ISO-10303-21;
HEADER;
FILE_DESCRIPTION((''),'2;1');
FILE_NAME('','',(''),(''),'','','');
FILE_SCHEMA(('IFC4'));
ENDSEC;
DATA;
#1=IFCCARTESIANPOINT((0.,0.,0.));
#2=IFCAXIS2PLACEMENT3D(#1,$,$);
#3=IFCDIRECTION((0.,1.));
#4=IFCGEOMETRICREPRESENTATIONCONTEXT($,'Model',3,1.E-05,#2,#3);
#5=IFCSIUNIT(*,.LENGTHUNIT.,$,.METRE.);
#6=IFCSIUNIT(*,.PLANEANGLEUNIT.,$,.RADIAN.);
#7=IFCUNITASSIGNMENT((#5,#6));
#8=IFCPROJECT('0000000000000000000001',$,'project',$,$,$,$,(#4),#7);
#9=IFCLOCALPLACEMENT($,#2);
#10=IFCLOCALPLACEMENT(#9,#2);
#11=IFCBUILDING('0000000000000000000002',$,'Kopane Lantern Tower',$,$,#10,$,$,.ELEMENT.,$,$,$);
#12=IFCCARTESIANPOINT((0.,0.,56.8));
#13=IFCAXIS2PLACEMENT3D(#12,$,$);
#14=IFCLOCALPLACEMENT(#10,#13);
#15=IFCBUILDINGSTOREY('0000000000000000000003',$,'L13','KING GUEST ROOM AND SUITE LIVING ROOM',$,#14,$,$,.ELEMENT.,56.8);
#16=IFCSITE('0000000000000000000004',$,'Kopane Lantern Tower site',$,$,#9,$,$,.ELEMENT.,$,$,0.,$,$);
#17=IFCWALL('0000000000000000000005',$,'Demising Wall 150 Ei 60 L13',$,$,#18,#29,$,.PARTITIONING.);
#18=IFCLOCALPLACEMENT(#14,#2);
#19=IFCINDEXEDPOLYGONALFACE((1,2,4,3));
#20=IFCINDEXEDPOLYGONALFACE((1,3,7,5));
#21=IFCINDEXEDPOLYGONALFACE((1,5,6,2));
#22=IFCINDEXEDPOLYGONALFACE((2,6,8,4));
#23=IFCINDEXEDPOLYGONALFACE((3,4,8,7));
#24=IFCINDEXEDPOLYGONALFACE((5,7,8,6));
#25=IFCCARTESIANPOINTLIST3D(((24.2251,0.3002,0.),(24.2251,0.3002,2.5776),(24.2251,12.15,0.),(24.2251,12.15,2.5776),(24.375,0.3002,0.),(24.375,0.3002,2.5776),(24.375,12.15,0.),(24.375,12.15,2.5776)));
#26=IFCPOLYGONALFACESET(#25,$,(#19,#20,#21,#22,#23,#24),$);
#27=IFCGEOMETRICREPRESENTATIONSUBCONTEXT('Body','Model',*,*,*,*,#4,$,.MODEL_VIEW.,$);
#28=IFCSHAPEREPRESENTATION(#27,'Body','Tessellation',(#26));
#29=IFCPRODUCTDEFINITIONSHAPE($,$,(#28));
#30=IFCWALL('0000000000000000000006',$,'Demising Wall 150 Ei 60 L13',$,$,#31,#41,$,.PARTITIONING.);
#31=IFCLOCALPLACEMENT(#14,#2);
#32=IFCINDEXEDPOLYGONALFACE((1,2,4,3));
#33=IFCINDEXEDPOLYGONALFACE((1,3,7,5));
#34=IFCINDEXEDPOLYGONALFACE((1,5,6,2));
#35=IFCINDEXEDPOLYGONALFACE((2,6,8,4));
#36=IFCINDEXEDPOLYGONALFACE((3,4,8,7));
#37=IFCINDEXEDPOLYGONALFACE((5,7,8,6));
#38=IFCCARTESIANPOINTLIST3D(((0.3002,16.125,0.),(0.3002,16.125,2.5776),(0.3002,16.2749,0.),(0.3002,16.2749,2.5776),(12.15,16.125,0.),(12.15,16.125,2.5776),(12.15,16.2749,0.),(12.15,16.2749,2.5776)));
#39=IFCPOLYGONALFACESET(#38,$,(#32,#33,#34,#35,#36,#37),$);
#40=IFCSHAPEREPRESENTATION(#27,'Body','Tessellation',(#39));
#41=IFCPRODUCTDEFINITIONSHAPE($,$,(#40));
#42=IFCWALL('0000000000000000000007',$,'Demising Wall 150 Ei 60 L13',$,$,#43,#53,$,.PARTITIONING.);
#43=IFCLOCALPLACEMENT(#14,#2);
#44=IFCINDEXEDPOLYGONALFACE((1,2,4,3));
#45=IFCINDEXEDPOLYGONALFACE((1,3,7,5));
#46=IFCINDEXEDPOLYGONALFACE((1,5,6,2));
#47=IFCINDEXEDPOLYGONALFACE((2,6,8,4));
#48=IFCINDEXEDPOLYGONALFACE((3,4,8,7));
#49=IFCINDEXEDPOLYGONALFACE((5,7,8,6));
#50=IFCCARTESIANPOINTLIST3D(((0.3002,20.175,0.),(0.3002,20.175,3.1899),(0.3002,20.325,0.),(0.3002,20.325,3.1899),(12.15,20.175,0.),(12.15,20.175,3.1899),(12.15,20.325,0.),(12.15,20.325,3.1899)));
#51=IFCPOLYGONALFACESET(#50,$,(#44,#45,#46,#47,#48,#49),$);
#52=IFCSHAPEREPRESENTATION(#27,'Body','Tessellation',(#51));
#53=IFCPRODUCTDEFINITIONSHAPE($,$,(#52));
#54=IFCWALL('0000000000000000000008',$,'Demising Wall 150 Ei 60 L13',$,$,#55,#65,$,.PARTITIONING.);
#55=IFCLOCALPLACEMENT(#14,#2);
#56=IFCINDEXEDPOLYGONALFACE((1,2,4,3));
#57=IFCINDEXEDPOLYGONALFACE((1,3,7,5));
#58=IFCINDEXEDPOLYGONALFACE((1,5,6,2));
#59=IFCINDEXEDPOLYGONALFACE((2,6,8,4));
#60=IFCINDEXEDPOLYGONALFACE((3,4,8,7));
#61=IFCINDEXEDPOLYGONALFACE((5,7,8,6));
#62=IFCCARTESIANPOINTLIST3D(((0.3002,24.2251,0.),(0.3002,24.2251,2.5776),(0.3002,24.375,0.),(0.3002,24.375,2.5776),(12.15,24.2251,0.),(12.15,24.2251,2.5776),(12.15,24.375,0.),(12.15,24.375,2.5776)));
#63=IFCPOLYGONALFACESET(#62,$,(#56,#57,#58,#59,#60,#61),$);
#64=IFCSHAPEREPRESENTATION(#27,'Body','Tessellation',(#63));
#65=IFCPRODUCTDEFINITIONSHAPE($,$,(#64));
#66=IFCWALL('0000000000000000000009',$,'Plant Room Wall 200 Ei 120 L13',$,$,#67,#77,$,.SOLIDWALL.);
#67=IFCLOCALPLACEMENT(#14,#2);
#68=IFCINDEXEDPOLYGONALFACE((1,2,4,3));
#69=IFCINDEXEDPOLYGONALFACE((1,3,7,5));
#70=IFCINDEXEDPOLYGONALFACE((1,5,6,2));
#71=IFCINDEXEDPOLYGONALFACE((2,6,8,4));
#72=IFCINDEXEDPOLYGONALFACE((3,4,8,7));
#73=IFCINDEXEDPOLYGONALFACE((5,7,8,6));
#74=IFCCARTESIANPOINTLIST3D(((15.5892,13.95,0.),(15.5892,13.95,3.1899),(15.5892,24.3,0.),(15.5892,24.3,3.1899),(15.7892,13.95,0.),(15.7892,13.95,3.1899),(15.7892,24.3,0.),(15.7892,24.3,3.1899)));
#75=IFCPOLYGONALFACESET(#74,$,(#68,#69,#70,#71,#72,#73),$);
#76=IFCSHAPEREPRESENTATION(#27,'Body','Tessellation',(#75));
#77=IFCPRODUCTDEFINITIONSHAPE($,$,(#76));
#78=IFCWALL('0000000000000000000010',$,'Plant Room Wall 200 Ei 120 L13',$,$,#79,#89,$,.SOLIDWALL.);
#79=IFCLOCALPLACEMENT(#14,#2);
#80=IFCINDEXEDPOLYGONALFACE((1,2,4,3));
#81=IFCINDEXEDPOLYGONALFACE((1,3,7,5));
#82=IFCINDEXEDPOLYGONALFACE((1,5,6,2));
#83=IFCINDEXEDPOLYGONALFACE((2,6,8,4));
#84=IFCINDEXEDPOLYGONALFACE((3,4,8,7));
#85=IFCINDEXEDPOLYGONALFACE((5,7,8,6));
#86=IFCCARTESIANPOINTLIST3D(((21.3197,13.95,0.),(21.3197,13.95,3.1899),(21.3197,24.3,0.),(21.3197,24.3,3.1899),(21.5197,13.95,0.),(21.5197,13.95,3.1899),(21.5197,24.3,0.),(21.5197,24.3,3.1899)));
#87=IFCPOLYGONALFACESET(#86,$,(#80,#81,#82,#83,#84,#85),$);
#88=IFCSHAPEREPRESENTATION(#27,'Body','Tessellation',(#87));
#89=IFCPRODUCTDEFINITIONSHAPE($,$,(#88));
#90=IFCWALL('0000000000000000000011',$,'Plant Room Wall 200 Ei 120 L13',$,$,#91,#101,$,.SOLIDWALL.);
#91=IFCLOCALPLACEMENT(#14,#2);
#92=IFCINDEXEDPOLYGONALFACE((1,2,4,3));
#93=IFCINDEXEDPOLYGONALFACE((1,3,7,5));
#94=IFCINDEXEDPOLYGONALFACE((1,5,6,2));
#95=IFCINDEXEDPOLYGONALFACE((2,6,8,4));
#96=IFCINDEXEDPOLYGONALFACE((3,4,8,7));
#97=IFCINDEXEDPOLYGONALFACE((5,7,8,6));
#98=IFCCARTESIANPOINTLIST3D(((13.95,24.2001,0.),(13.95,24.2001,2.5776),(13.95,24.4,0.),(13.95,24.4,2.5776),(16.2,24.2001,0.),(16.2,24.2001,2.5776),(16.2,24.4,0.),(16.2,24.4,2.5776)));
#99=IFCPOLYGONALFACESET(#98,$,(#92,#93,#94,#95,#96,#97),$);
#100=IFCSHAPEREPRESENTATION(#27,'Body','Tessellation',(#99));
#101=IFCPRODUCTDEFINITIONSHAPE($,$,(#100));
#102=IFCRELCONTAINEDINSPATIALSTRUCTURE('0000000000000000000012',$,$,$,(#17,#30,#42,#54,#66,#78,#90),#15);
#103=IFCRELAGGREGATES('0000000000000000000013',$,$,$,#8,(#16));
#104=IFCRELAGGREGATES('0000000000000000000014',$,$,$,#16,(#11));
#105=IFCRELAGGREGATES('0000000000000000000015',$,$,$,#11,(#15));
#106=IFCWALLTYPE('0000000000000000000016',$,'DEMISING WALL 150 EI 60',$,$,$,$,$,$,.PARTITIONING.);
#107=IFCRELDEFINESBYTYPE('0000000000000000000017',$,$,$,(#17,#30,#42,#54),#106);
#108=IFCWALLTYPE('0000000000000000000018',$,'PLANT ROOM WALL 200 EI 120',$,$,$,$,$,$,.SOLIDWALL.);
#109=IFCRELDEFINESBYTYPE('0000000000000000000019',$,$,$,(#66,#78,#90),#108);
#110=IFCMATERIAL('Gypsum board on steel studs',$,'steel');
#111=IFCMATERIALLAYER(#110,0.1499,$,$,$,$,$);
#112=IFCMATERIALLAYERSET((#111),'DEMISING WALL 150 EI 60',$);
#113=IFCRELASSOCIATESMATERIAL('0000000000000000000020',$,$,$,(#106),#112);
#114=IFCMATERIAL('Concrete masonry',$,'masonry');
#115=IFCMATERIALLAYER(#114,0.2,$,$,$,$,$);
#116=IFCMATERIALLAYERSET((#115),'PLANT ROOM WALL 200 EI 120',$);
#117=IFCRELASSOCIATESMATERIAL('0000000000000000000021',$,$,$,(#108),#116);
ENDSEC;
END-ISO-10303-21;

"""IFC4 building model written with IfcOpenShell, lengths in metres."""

from ifc_helpers import new_model, si_unit, direction, frame, frame_2d, origin, place, context, subcontext, project, spatial, rectangle, extrude, material, layer, layer_set, type_object, element, save


model = new_model("IFC4")

# Units and contexts
model_context = context("Model", 3, precision=1e-05, world=origin(), true_north=direction((0.0, 1.0)))
body_context = subcontext(model_context, "Body", "Model", "MODEL_VIEW")
ifc_project = project(units=[si_unit("LENGTHUNIT", "METRE"), si_unit("PLANEANGLEUNIT", "RADIAN")], contexts=[model_context])

# Site, building, storey
site_placement = place(None, origin())
site = spatial("IfcSite", under=ifc_project, at=site_placement, Name="Kopane Lantern Tower site", CompositionType="ELEMENT", RefElevation=0.0)
building_placement = place(site_placement, origin())
building = spatial("IfcBuilding", under=site, at=building_placement, Name="Kopane Lantern Tower", CompositionType="ELEMENT")
storey_placement = place(building_placement, frame((0.0, 0.0, 56.8)))
storey = spatial("IfcBuildingStorey", under=building, at=storey_placement, Name="L13", Description="KING GUEST ROOM AND SUITE LIVING ROOM", CompositionType="ELEMENT", Elevation=56.8)

# Walls
ifc_material_1 = material(Name="Gypsum board on steel studs", Category="steel")
ifc_layer_1 = layer(ifc_material_1, 0.1499)
ifc_layer_set_1 = layer_set([ifc_layer_1], Name="DEMISING WALL 150 EI 60")
wall_type_1 = type_object("IfcWallType", Name="DEMISING WALL 150 EI 60", PredefinedType="PARTITIONING", material=ifc_layer_set_1)
for number, where, z_axis, x_axis, name in (
    (1, (24.3, 12.1499, 0.0), (0.0, 0.0, 1.0), (0.0, -1.0, 0.0), "Demising Wall 150 Ei 60 L13"),
    (2, (12.1499, 16.2, 0.0), (0.0, 0.0, 1.0), (-1.0, 0.0, 0.0), "Demising Wall 150 Ei 60 L13"),
):
    element("IfcWall", number, at=place(storey_placement, frame(where, z_axis=z_axis, x_axis=x_axis)), inside=storey, type_object=wall_type_1, Name=name, PredefinedType="PARTITIONING", context=body_context, shape_type="SweptSolid", body=[
        extrude(rectangle(XDim=11.8499, YDim=0.1499, at=frame_2d((5.9248, 0.0))), origin(), (0.0, 0.0, 1.0), 2.5776),
    ])
wall_1_placement = place(storey_placement, frame((12.1499, 20.25, 0.0), z_axis=(0.0, 0.0, 1.0), x_axis=(-1.0, 0.0, 0.0)))
element("IfcWall", 3, at=wall_1_placement, inside=storey, type_object=wall_type_1, Name="Demising Wall 150 Ei 60 L13", PredefinedType="PARTITIONING", context=body_context, shape_type="SweptSolid", body=[
    extrude(rectangle(XDim=11.8499, YDim=0.1499, at=frame_2d((5.9248, 0.0))), origin(), (0.0, 0.0, 1.0), 3.1899),
])
wall_2_placement = place(storey_placement, frame((12.1499, 24.3, 0.0), z_axis=(0.0, 0.0, 1.0), x_axis=(-1.0, 0.0, 0.0)))
element("IfcWall", 4, at=wall_2_placement, inside=storey, type_object=wall_type_1, Name="Demising Wall 150 Ei 60 L13", PredefinedType="PARTITIONING", context=body_context, shape_type="SweptSolid", body=[
    extrude(rectangle(XDim=11.8499, YDim=0.1499, at=frame_2d((5.9248, 0.0))), origin(), (0.0, 0.0, 1.0), 2.5776),
])
ifc_material_2 = material(Name="Concrete masonry", Category="masonry")
ifc_layer_2 = layer(ifc_material_2, 0.2)
ifc_layer_set_2 = layer_set([ifc_layer_2], Name="PLANT ROOM WALL 200 EI 120")
wall_type_2 = type_object("IfcWallType", Name="PLANT ROOM WALL 200 EI 120", PredefinedType="SOLIDWALL", material=ifc_layer_set_2)
for number, where, z_axis, x_axis, name in (
    (5, (15.6892, 13.95, 0.0), (0.0, 0.0, 1.0), (0.0, 1.0, 0.0), "Plant Room Wall 200 Ei 120 L13"),
    (6, (21.4197, 13.95, 0.0), (0.0, 0.0, 1.0), (0.0, 1.0, 0.0), "Plant Room Wall 200 Ei 120 L13"),
):
    element("IfcWall", number, at=place(storey_placement, frame(where, z_axis=z_axis, x_axis=x_axis)), inside=storey, type_object=wall_type_2, Name=name, PredefinedType="SOLIDWALL", context=body_context, shape_type="SweptSolid", body=[
        extrude(rectangle(XDim=10.3501, YDim=0.2, at=frame_2d((5.175, 0.0))), origin(), (0.0, 0.0, 1.0), 3.1899),
    ])
wall_3_placement = place(storey_placement, frame((13.95, 24.3, 0.0), z_axis=(0.0, 0.0, 1.0), x_axis=(1.0, 0.0, 0.0)))
element("IfcWall", 7, at=wall_3_placement, inside=storey, type_object=wall_type_2, Name="Plant Room Wall 200 Ei 120 L13", PredefinedType="SOLIDWALL", context=body_context, shape_type="SweptSolid", body=[
    extrude(rectangle(XDim=2.25, YDim=0.2, at=frame_2d((1.125, 0.0))), origin(), (0.0, 0.0, 1.0), 2.5776),
])

save(model, "model.ifc")
